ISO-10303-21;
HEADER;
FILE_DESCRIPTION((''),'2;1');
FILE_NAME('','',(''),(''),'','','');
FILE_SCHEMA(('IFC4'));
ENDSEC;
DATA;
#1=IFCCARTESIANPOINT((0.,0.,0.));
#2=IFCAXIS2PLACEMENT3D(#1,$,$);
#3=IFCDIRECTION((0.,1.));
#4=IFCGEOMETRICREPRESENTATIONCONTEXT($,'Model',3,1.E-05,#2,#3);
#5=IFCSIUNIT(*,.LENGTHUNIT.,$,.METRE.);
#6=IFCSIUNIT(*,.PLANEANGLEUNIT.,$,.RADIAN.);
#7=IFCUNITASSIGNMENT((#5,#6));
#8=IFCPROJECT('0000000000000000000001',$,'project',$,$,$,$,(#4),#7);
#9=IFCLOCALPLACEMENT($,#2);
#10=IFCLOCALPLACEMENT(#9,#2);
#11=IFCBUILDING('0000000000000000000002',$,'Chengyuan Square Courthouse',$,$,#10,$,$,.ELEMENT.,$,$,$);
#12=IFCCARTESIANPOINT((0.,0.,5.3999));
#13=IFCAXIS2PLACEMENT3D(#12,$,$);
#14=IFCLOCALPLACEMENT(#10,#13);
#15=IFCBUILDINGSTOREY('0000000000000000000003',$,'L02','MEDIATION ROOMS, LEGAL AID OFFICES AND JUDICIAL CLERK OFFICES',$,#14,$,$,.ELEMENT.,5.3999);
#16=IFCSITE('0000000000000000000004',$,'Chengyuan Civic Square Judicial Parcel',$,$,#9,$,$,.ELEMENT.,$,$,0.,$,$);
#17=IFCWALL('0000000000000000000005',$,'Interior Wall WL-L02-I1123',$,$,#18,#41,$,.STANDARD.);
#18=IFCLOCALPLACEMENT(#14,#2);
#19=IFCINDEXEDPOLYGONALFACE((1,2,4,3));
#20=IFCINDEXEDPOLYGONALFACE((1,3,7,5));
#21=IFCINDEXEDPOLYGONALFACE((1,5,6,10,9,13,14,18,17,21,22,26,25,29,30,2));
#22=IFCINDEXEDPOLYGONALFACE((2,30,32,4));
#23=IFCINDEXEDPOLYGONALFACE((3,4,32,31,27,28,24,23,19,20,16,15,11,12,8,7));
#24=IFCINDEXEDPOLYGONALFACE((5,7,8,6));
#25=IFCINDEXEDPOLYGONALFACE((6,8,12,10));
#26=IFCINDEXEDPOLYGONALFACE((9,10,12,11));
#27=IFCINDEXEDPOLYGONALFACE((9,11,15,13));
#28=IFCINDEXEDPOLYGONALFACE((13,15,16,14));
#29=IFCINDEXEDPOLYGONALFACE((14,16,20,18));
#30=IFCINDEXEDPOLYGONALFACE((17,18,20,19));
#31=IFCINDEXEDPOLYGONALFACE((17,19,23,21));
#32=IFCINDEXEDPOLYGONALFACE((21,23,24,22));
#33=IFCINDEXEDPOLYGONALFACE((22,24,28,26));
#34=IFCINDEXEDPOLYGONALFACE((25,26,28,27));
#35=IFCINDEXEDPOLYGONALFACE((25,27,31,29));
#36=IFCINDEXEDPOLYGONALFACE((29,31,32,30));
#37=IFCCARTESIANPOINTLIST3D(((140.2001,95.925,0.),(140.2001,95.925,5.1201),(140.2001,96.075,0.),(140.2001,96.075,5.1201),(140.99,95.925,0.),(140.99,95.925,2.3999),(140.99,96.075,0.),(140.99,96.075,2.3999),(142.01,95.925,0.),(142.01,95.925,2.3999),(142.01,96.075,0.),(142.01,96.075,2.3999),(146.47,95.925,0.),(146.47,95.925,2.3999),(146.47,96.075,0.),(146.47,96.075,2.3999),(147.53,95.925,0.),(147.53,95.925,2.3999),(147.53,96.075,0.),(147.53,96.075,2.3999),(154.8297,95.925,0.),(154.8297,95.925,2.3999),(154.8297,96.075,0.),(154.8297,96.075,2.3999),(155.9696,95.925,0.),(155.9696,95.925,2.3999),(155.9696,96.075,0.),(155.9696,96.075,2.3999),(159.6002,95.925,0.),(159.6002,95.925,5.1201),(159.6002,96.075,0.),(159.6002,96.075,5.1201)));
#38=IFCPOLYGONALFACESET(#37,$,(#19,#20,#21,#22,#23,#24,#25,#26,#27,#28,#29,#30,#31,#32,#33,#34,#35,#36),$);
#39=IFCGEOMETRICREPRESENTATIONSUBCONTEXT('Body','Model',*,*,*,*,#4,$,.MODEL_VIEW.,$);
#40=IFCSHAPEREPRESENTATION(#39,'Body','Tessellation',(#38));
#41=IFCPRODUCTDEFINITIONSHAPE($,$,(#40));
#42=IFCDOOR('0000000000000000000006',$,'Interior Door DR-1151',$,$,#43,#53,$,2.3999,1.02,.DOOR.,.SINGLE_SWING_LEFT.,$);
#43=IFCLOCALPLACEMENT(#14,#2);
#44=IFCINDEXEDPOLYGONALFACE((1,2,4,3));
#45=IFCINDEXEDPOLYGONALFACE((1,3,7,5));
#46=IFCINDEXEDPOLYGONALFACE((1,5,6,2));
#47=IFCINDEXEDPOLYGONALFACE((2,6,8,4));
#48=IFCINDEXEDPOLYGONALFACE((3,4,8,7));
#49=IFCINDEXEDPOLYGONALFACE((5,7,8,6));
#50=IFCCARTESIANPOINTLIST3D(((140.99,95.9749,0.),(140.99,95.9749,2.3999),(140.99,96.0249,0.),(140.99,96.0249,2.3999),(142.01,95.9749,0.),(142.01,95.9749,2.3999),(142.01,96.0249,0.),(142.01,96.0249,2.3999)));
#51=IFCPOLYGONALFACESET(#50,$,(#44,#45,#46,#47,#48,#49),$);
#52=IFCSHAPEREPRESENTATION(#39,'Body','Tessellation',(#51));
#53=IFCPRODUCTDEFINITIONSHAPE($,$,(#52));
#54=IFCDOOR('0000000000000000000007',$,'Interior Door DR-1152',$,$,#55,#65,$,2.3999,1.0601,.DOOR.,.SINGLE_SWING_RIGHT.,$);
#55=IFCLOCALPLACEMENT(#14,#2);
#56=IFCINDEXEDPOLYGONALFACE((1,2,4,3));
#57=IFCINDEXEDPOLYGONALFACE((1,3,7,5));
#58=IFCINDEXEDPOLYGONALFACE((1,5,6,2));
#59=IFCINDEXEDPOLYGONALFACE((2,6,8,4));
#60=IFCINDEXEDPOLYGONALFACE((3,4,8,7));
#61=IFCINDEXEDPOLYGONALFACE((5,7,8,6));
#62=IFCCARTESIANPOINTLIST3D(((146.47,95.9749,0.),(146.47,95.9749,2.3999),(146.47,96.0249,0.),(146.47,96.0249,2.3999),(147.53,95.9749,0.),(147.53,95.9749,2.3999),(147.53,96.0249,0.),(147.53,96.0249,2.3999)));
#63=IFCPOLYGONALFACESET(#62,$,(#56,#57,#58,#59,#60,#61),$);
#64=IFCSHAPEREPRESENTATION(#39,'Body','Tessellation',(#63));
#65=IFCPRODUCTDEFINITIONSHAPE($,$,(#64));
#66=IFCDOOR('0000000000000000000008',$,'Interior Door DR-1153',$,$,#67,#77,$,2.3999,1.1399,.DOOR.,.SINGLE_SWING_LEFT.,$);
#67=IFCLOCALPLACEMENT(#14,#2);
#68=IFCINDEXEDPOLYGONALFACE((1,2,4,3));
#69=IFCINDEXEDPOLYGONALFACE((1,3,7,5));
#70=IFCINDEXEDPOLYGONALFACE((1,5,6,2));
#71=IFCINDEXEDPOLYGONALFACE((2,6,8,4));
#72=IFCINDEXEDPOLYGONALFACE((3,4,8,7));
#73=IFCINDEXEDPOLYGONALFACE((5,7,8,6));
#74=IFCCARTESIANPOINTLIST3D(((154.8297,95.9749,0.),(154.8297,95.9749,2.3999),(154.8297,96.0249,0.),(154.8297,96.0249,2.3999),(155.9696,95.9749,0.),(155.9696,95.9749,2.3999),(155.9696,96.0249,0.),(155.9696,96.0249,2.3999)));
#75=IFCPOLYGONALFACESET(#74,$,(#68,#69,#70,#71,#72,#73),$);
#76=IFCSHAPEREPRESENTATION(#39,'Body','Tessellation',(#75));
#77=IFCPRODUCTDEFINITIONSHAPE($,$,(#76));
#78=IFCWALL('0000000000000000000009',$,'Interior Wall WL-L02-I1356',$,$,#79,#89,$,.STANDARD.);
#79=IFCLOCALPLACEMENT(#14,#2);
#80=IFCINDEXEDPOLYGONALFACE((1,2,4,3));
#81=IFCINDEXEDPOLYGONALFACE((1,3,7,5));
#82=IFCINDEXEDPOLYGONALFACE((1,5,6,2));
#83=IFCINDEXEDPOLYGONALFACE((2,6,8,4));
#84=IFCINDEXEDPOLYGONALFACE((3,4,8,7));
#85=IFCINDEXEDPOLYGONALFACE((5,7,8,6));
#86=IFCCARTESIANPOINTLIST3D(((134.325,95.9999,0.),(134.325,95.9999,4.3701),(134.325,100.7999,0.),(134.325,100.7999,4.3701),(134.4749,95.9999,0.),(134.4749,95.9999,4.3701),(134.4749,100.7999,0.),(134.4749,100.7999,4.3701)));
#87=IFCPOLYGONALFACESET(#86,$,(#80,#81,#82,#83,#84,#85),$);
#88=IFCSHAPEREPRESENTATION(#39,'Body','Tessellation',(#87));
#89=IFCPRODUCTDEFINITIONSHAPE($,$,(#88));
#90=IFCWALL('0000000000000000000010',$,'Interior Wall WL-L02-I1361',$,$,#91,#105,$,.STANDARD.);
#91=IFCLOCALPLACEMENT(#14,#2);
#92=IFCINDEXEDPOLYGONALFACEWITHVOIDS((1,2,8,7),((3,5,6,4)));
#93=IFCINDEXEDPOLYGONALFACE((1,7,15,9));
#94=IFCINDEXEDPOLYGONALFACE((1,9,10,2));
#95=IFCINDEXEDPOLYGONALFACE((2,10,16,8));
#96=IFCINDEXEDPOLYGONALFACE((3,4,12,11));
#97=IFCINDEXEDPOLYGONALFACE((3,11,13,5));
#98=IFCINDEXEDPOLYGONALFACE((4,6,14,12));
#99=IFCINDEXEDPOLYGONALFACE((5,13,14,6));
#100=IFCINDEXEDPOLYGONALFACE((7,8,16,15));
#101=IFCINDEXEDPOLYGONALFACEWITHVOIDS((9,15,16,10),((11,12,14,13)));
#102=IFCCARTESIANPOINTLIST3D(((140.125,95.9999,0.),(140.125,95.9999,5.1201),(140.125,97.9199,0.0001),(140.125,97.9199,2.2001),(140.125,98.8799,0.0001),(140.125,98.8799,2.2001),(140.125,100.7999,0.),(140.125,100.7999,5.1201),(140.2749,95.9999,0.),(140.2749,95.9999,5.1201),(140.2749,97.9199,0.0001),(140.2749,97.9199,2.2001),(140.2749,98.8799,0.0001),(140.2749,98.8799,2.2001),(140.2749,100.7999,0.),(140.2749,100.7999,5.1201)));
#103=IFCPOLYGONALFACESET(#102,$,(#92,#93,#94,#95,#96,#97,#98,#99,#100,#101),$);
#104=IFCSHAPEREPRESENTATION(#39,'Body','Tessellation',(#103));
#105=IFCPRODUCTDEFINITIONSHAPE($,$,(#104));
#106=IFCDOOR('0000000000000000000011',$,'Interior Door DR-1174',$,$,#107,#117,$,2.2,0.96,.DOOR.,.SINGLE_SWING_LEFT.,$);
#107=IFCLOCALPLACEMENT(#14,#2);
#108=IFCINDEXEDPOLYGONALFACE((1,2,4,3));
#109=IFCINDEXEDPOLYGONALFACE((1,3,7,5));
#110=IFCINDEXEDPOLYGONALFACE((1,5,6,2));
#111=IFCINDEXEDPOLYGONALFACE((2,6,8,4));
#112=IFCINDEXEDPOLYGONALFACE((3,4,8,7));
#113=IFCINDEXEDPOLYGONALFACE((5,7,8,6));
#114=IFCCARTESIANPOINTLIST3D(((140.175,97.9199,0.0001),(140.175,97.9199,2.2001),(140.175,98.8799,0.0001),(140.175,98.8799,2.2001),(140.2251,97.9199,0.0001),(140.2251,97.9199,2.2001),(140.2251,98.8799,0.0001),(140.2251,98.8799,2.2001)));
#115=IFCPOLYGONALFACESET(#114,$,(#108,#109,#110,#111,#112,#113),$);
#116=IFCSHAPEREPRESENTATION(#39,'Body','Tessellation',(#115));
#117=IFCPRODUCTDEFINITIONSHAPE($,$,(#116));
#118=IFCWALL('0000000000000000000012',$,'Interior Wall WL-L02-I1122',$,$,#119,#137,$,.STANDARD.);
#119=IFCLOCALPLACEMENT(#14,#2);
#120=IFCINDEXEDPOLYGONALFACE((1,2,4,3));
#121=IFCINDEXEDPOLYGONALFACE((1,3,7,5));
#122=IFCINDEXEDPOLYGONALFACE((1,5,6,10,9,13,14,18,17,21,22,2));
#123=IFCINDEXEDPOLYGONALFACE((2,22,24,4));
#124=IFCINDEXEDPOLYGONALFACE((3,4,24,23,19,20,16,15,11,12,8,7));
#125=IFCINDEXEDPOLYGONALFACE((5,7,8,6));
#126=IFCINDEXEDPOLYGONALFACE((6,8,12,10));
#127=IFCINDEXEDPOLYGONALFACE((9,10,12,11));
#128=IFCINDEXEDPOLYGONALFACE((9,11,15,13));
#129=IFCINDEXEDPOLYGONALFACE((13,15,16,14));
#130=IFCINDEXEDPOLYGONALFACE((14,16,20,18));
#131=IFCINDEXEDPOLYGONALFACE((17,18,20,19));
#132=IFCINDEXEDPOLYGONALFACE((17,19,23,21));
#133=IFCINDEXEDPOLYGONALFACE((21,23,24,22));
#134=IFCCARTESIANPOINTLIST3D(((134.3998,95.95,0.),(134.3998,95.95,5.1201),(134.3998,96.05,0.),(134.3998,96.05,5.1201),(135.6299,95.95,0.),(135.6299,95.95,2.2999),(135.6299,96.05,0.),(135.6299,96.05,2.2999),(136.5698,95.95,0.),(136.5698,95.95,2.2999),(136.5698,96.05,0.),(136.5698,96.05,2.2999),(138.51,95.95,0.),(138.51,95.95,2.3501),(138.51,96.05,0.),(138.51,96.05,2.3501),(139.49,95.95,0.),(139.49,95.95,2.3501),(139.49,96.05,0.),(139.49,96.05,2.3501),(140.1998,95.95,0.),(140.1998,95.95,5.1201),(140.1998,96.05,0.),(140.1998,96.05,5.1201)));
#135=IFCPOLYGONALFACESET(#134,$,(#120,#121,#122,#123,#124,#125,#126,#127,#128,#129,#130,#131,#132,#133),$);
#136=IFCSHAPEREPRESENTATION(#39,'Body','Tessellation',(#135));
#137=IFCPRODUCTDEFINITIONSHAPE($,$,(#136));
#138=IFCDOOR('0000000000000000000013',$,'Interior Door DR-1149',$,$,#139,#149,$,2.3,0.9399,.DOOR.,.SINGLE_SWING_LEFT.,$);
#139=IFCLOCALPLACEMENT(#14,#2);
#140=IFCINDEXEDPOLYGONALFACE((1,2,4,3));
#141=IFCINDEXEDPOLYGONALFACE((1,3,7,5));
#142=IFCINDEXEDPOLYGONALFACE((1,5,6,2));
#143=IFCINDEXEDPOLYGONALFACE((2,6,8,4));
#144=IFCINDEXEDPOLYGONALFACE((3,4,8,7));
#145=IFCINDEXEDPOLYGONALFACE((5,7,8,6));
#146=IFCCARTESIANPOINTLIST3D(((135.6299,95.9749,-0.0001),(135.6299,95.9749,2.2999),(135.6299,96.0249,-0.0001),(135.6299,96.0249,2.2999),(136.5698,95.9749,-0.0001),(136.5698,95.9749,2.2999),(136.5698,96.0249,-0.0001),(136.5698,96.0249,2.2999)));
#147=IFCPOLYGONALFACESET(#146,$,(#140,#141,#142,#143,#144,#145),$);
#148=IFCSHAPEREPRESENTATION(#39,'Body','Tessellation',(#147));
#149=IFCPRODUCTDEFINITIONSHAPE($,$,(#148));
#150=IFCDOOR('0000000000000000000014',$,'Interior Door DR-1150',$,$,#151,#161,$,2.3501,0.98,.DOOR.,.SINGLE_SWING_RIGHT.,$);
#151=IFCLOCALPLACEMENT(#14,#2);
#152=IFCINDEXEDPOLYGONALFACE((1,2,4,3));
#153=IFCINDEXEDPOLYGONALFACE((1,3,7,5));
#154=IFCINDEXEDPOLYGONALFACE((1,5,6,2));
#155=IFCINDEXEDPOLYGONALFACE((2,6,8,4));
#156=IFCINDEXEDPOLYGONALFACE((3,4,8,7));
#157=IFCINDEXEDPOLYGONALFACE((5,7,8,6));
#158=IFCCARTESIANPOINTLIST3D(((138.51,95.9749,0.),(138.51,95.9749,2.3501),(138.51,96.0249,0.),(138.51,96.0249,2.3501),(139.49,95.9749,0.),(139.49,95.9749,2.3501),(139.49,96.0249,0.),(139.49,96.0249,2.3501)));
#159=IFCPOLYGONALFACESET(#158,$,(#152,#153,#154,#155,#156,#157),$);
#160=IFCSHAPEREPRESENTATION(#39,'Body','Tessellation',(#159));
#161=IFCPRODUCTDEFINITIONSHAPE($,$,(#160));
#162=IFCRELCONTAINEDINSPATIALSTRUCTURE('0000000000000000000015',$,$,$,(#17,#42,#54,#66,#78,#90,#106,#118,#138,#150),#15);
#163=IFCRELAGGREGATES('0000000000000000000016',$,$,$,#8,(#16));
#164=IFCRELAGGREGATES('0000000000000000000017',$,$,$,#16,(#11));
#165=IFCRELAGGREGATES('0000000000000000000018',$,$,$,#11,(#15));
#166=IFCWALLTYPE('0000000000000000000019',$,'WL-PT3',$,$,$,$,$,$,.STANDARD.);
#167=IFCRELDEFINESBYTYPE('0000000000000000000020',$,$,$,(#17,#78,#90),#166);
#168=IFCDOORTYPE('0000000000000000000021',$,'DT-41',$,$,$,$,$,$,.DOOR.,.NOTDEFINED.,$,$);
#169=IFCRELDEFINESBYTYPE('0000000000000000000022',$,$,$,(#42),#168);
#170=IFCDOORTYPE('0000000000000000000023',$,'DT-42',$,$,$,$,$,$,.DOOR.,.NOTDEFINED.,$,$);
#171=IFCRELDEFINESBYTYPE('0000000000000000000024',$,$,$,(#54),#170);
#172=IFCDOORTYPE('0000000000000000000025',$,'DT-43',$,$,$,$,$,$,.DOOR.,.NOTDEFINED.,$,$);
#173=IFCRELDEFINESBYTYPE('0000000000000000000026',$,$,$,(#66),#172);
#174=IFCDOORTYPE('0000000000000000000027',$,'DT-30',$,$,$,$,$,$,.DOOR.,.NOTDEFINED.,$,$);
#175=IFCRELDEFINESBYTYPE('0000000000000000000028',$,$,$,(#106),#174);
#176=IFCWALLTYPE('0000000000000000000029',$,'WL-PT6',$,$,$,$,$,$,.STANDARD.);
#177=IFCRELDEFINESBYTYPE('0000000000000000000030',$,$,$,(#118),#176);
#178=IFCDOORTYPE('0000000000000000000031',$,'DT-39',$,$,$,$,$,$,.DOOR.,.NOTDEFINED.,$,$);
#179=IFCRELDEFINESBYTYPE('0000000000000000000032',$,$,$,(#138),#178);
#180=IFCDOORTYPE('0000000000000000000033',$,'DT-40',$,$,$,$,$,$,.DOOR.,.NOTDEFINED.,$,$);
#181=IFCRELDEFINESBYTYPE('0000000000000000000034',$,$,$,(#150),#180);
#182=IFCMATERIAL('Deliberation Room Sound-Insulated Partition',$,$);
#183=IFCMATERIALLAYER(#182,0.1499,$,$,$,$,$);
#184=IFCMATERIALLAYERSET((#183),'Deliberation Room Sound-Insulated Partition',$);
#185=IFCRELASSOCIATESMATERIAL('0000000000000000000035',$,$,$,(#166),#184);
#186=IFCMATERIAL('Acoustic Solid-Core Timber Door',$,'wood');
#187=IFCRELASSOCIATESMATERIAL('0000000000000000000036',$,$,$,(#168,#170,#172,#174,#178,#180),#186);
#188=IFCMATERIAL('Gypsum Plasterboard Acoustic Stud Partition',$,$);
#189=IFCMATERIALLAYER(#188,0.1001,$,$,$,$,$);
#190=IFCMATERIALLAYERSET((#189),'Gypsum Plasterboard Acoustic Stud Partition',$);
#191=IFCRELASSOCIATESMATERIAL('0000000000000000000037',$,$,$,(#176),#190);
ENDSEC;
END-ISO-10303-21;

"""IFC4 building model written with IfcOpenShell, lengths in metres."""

from ifc_helpers import new_model, si_unit, direction, frame, frame_2d, origin, place, context, subcontext, project, spatial, rectangle, extrude, material, layer, layer_set, type_object, element, fill, save


model = new_model("IFC4")

# Units and contexts
model_context = context("Model", 3, precision=1e-05, world=origin(), true_north=direction((0.0, 1.0)))
body_context = subcontext(model_context, "Body", "Model", "MODEL_VIEW")
ifc_project = project(units=[si_unit("LENGTHUNIT", "METRE"), si_unit("PLANEANGLEUNIT", "RADIAN")], contexts=[model_context])

# Site, building, storey
site_placement = place(None, origin())
site = spatial("IfcSite", under=ifc_project, at=site_placement, Name="Chengyuan Civic Square Judicial Parcel", CompositionType="ELEMENT", RefElevation=0.0)
building_placement = place(site_placement, origin())
building = spatial("IfcBuilding", under=site, at=building_placement, Name="Chengyuan Square Courthouse", CompositionType="ELEMENT")
storey_placement = place(building_placement, frame((0.0, 0.0, 5.3999)))
storey = spatial("IfcBuildingStorey", under=building, at=storey_placement, Name="L02", Description="MEDIATION ROOMS, LEGAL AID OFFICES AND JUDICIAL CLERK OFFICES", CompositionType="ELEMENT", Elevation=5.3999)

# Wall, openings, doors
ifc_material_1 = material(Name="Deliberation Room Sound-Insulated Partition")
ifc_layer_1 = layer(ifc_material_1, 0.1499)
ifc_layer_set_1 = layer_set([ifc_layer_1], Name="Deliberation Room Sound-Insulated Partition")
wall_type_1 = type_object("IfcWallType", Name="WL-PT3", PredefinedType="STANDARD", material=ifc_layer_set_1)
wall_1_placement = place(storey_placement, frame((140.2, 96.0, 0.0), z_axis=(0.0, 0.0, 1.0), x_axis=(1.0, 0.0, 0.0)))
wall_1 = element("IfcWall", 1, at=wall_1_placement, inside=storey, type_object=wall_type_1, Name="Interior Wall WL-L02-I1123", PredefinedType="STANDARD", context=body_context, shape_type="SweptSolid", body=[
    extrude(rectangle(XDim=19.4001, YDim=0.1499, at=frame_2d((9.7002, 0.0))), origin(), (0.0, 0.0, 1.0), 5.1201),
])
opening_1_placement = place(wall_1_placement, frame((0.79, 0.0, 0.0)))
opening_1 = element("IfcOpeningElement", 2, at=opening_1_placement, cuts=wall_1, PredefinedType="OPENING", context=body_context, shape_type="SweptSolid", body=[
    extrude(rectangle(XDim=1.02, YDim=2.3999, at=frame_2d((0.51, 1.2))), frame((0.0, 0.0869, 0.0), z_axis=(0.0, -1.0, 0.0), x_axis=(1.0, 0.0, 0.0)), (0.0, 0.0, 1.0), 0.1738),
])
opening_2_placement = place(wall_1_placement, frame((6.27, 0.0, 0.0)))
opening_2 = element("IfcOpeningElement", 3, at=opening_2_placement, cuts=wall_1, PredefinedType="OPENING", context=body_context, shape_type="SweptSolid", body=[
    extrude(rectangle(XDim=1.0601, YDim=2.3999, at=frame_2d((0.53, 1.2))), frame((0.0, 0.0869, 0.0), z_axis=(0.0, -1.0, 0.0), x_axis=(1.0, 0.0, 0.0)), (0.0, 0.0, 1.0), 0.1738),
])
opening_3_placement = place(wall_1_placement, frame((14.6299, 0.0, 0.0)))
opening_3 = element("IfcOpeningElement", 4, at=opening_3_placement, cuts=wall_1, PredefinedType="OPENING", context=body_context, shape_type="SweptSolid", body=[
    extrude(rectangle(XDim=1.1399, YDim=2.3999, at=frame_2d((0.5698, 1.2))), frame((0.0, 0.0869, 0.0), z_axis=(0.0, -1.0, 0.0), x_axis=(1.0, 0.0, 0.0)), (0.0, 0.0, 1.0), 0.1738),
])
ifc_material_2 = material(Name="Acoustic Solid-Core Timber Door", Category="wood")
door_type_1 = type_object("IfcDoorType", Name="DT-41", OperationType="NOTDEFINED", PredefinedType="DOOR", material=ifc_material_2)
door_1_placement = place(opening_1_placement, origin())
door_1 = element("IfcDoor", 5, at=door_1_placement, inside=storey, type_object=door_type_1, Name="Interior Door DR-1151", OperationType="SINGLE_SWING_LEFT", OverallHeight=2.3999, OverallWidth=1.02, PredefinedType="DOOR", context=body_context, shape_type="SweptSolid", body=[
    extrude(rectangle(XDim=1.02, YDim=2.3999, at=frame_2d((0.51, 1.2))), frame((0.0, 0.0249, 0.0), z_axis=(0.0, -1.0, 0.0), x_axis=(1.0, 0.0, 0.0)), (0.0, 0.0, 1.0), 0.05),
])
fill(opening_1, door_1)
door_type_2 = type_object("IfcDoorType", Name="DT-42", OperationType="NOTDEFINED", PredefinedType="DOOR", material=ifc_material_2)
door_2_placement = place(opening_2_placement, origin())
door_2 = element("IfcDoor", 6, at=door_2_placement, inside=storey, type_object=door_type_2, Name="Interior Door DR-1152", OperationType="SINGLE_SWING_RIGHT", OverallHeight=2.3999, OverallWidth=1.0601, PredefinedType="DOOR", context=body_context, shape_type="SweptSolid", body=[
    extrude(rectangle(XDim=1.0601, YDim=2.3999, at=frame_2d((0.53, 1.2))), frame((0.0, 0.0249, 0.0), z_axis=(0.0, -1.0, 0.0), x_axis=(1.0, 0.0, 0.0)), (0.0, 0.0, 1.0), 0.05),
])
fill(opening_2, door_2)
door_type_3 = type_object("IfcDoorType", Name="DT-43", OperationType="NOTDEFINED", PredefinedType="DOOR", material=ifc_material_2)
door_3_placement = place(opening_3_placement, origin())
door_3 = element("IfcDoor", 7, at=door_3_placement, inside=storey, type_object=door_type_3, Name="Interior Door DR-1153", OperationType="SINGLE_SWING_LEFT", OverallHeight=2.3999, OverallWidth=1.1399, PredefinedType="DOOR", context=body_context, shape_type="SweptSolid", body=[
    extrude(rectangle(XDim=1.1399, YDim=2.3999, at=frame_2d((0.5698, 1.2))), frame((0.0, 0.0249, 0.0), z_axis=(0.0, -1.0, 0.0), x_axis=(1.0, 0.0, 0.0)), (0.0, 0.0, 1.0), 0.05),
])
fill(opening_3, door_3)

# Wall
wall_2_placement = place(storey_placement, frame((134.3999, 96.0, 0.0), z_axis=(0.0, 0.0, 1.0), x_axis=(0.0, 1.0, 0.0)))
element("IfcWall", 8, at=wall_2_placement, inside=storey, type_object=wall_type_1, Name="Interior Wall WL-L02-I1356", PredefinedType="STANDARD", context=body_context, shape_type="SweptSolid", body=[
    extrude(rectangle(XDim=4.8, YDim=0.1499, at=frame_2d((2.3999, 0.0))), origin(), (0.0, 0.0, 1.0), 4.3701),
])

# Wall, opening, door
wall_3_placement = place(storey_placement, frame((140.2, 96.0, 0.0), z_axis=(0.0, 0.0, 1.0), x_axis=(0.0, 1.0, 0.0)))
wall_3 = element("IfcWall", 9, at=wall_3_placement, inside=storey, type_object=wall_type_1, Name="Interior Wall WL-L02-I1361", PredefinedType="STANDARD", context=body_context, shape_type="SweptSolid", body=[
    extrude(rectangle(XDim=4.8, YDim=0.1499, at=frame_2d((2.3999, 0.0))), origin(), (0.0, 0.0, 1.0), 5.1201),
])
opening_4_placement = place(wall_3_placement, frame((1.9199, 0.0, 0.0)))
opening_4 = element("IfcOpeningElement", 10, at=opening_4_placement, cuts=wall_3, PredefinedType="OPENING", context=body_context, shape_type="SweptSolid", body=[
    extrude(rectangle(XDim=0.96, YDim=2.2, at=frame_2d((0.48, 1.1001))), frame((0.0, 0.0869, 0.0), z_axis=(0.0, -1.0, 0.0), x_axis=(1.0, 0.0, 0.0)), (0.0, 0.0, 1.0), 0.1738),
])
door_type_4 = type_object("IfcDoorType", Name="DT-30", OperationType="NOTDEFINED", PredefinedType="DOOR", material=ifc_material_2)
door_4_placement = place(opening_4_placement, origin())
door_4 = element("IfcDoor", 11, at=door_4_placement, inside=storey, type_object=door_type_4, Name="Interior Door DR-1174", OperationType="SINGLE_SWING_LEFT", OverallHeight=2.2, OverallWidth=0.96, PredefinedType="DOOR", context=body_context, shape_type="SweptSolid", body=[
    extrude(rectangle(XDim=0.96, YDim=2.2, at=frame_2d((0.48, 1.1001))), frame((0.0, 0.0249, 0.0), z_axis=(0.0, -1.0, 0.0), x_axis=(1.0, 0.0, 0.0)), (0.0, 0.0, 1.0), 0.05),
])
fill(opening_4, door_4)

# Wall, openings, doors
ifc_material_3 = material(Name="Gypsum Plasterboard Acoustic Stud Partition")
ifc_layer_2 = layer(ifc_material_3, 0.1001)
ifc_layer_set_2 = layer_set([ifc_layer_2], Name="Gypsum Plasterboard Acoustic Stud Partition")
wall_type_2 = type_object("IfcWallType", Name="WL-PT6", PredefinedType="STANDARD", material=ifc_layer_set_2)
wall_4_placement = place(storey_placement, frame((134.3999, 96.0, 0.0), z_axis=(0.0, 0.0, 1.0), x_axis=(1.0, 0.0, 0.0)))
wall_4 = element("IfcWall", 12, at=wall_4_placement, inside=storey, type_object=wall_type_2, Name="Interior Wall WL-L02-I1122", PredefinedType="STANDARD", context=body_context, shape_type="SweptSolid", body=[
    extrude(rectangle(XDim=5.8, YDim=0.1001, at=frame_2d((2.8999, 0.0))), origin(), (0.0, 0.0, 1.0), 5.1201),
])
opening_5_placement = place(wall_4_placement, frame((1.23, 0.0, 0.0)))
opening_5 = element("IfcOpeningElement", 13, at=opening_5_placement, cuts=wall_4, PredefinedType="OPENING", context=body_context, shape_type="SweptSolid", body=[
    extrude(rectangle(XDim=0.9399, YDim=2.3, at=frame_2d((0.47, 1.1499))), frame((0.0, 0.062, 0.0), z_axis=(0.0, -1.0, 0.0), x_axis=(1.0, 0.0, 0.0)), (0.0, 0.0, 1.0), 0.124),
])
opening_6_placement = place(wall_4_placement, frame((4.1101, 0.0, 0.0)))
opening_6 = element("IfcOpeningElement", 14, at=opening_6_placement, cuts=wall_4, PredefinedType="OPENING", context=body_context, shape_type="SweptSolid", body=[
    extrude(rectangle(XDim=0.98, YDim=2.3501, at=frame_2d((0.49, 1.175))), frame((0.0, 0.062, 0.0), z_axis=(0.0, -1.0, 0.0), x_axis=(1.0, 0.0, 0.0)), (0.0, 0.0, 1.0), 0.124),
])
door_type_5 = type_object("IfcDoorType", Name="DT-39", OperationType="NOTDEFINED", PredefinedType="DOOR", material=ifc_material_2)
door_5_placement = place(opening_5_placement, origin())
door_5 = element("IfcDoor", 15, at=door_5_placement, inside=storey, type_object=door_type_5, Name="Interior Door DR-1149", OperationType="SINGLE_SWING_LEFT", OverallHeight=2.3, OverallWidth=0.9399, PredefinedType="DOOR", context=body_context, shape_type="SweptSolid", body=[
    extrude(rectangle(XDim=0.9399, YDim=2.3, at=frame_2d((0.47, 1.1499))), frame((0.0, 0.0249, 0.0), z_axis=(0.0, -1.0, 0.0), x_axis=(1.0, 0.0, 0.0)), (0.0, 0.0, 1.0), 0.05),
])
fill(opening_5, door_5)
door_type_6 = type_object("IfcDoorType", Name="DT-40", OperationType="NOTDEFINED", PredefinedType="DOOR", material=ifc_material_2)
door_6_placement = place(opening_6_placement, origin())
door_6 = element("IfcDoor", 16, at=door_6_placement, inside=storey, type_object=door_type_6, Name="Interior Door DR-1150", OperationType="SINGLE_SWING_RIGHT", OverallHeight=2.3501, OverallWidth=0.98, PredefinedType="DOOR", context=body_context, shape_type="SweptSolid", body=[
    extrude(rectangle(XDim=0.98, YDim=2.3501, at=frame_2d((0.49, 1.175))), frame((0.0, 0.0249, 0.0), z_axis=(0.0, -1.0, 0.0), x_axis=(1.0, 0.0, 0.0)), (0.0, 0.0, 1.0), 0.05),
])
fill(opening_6, door_6)

save(model, "model.ifc")
